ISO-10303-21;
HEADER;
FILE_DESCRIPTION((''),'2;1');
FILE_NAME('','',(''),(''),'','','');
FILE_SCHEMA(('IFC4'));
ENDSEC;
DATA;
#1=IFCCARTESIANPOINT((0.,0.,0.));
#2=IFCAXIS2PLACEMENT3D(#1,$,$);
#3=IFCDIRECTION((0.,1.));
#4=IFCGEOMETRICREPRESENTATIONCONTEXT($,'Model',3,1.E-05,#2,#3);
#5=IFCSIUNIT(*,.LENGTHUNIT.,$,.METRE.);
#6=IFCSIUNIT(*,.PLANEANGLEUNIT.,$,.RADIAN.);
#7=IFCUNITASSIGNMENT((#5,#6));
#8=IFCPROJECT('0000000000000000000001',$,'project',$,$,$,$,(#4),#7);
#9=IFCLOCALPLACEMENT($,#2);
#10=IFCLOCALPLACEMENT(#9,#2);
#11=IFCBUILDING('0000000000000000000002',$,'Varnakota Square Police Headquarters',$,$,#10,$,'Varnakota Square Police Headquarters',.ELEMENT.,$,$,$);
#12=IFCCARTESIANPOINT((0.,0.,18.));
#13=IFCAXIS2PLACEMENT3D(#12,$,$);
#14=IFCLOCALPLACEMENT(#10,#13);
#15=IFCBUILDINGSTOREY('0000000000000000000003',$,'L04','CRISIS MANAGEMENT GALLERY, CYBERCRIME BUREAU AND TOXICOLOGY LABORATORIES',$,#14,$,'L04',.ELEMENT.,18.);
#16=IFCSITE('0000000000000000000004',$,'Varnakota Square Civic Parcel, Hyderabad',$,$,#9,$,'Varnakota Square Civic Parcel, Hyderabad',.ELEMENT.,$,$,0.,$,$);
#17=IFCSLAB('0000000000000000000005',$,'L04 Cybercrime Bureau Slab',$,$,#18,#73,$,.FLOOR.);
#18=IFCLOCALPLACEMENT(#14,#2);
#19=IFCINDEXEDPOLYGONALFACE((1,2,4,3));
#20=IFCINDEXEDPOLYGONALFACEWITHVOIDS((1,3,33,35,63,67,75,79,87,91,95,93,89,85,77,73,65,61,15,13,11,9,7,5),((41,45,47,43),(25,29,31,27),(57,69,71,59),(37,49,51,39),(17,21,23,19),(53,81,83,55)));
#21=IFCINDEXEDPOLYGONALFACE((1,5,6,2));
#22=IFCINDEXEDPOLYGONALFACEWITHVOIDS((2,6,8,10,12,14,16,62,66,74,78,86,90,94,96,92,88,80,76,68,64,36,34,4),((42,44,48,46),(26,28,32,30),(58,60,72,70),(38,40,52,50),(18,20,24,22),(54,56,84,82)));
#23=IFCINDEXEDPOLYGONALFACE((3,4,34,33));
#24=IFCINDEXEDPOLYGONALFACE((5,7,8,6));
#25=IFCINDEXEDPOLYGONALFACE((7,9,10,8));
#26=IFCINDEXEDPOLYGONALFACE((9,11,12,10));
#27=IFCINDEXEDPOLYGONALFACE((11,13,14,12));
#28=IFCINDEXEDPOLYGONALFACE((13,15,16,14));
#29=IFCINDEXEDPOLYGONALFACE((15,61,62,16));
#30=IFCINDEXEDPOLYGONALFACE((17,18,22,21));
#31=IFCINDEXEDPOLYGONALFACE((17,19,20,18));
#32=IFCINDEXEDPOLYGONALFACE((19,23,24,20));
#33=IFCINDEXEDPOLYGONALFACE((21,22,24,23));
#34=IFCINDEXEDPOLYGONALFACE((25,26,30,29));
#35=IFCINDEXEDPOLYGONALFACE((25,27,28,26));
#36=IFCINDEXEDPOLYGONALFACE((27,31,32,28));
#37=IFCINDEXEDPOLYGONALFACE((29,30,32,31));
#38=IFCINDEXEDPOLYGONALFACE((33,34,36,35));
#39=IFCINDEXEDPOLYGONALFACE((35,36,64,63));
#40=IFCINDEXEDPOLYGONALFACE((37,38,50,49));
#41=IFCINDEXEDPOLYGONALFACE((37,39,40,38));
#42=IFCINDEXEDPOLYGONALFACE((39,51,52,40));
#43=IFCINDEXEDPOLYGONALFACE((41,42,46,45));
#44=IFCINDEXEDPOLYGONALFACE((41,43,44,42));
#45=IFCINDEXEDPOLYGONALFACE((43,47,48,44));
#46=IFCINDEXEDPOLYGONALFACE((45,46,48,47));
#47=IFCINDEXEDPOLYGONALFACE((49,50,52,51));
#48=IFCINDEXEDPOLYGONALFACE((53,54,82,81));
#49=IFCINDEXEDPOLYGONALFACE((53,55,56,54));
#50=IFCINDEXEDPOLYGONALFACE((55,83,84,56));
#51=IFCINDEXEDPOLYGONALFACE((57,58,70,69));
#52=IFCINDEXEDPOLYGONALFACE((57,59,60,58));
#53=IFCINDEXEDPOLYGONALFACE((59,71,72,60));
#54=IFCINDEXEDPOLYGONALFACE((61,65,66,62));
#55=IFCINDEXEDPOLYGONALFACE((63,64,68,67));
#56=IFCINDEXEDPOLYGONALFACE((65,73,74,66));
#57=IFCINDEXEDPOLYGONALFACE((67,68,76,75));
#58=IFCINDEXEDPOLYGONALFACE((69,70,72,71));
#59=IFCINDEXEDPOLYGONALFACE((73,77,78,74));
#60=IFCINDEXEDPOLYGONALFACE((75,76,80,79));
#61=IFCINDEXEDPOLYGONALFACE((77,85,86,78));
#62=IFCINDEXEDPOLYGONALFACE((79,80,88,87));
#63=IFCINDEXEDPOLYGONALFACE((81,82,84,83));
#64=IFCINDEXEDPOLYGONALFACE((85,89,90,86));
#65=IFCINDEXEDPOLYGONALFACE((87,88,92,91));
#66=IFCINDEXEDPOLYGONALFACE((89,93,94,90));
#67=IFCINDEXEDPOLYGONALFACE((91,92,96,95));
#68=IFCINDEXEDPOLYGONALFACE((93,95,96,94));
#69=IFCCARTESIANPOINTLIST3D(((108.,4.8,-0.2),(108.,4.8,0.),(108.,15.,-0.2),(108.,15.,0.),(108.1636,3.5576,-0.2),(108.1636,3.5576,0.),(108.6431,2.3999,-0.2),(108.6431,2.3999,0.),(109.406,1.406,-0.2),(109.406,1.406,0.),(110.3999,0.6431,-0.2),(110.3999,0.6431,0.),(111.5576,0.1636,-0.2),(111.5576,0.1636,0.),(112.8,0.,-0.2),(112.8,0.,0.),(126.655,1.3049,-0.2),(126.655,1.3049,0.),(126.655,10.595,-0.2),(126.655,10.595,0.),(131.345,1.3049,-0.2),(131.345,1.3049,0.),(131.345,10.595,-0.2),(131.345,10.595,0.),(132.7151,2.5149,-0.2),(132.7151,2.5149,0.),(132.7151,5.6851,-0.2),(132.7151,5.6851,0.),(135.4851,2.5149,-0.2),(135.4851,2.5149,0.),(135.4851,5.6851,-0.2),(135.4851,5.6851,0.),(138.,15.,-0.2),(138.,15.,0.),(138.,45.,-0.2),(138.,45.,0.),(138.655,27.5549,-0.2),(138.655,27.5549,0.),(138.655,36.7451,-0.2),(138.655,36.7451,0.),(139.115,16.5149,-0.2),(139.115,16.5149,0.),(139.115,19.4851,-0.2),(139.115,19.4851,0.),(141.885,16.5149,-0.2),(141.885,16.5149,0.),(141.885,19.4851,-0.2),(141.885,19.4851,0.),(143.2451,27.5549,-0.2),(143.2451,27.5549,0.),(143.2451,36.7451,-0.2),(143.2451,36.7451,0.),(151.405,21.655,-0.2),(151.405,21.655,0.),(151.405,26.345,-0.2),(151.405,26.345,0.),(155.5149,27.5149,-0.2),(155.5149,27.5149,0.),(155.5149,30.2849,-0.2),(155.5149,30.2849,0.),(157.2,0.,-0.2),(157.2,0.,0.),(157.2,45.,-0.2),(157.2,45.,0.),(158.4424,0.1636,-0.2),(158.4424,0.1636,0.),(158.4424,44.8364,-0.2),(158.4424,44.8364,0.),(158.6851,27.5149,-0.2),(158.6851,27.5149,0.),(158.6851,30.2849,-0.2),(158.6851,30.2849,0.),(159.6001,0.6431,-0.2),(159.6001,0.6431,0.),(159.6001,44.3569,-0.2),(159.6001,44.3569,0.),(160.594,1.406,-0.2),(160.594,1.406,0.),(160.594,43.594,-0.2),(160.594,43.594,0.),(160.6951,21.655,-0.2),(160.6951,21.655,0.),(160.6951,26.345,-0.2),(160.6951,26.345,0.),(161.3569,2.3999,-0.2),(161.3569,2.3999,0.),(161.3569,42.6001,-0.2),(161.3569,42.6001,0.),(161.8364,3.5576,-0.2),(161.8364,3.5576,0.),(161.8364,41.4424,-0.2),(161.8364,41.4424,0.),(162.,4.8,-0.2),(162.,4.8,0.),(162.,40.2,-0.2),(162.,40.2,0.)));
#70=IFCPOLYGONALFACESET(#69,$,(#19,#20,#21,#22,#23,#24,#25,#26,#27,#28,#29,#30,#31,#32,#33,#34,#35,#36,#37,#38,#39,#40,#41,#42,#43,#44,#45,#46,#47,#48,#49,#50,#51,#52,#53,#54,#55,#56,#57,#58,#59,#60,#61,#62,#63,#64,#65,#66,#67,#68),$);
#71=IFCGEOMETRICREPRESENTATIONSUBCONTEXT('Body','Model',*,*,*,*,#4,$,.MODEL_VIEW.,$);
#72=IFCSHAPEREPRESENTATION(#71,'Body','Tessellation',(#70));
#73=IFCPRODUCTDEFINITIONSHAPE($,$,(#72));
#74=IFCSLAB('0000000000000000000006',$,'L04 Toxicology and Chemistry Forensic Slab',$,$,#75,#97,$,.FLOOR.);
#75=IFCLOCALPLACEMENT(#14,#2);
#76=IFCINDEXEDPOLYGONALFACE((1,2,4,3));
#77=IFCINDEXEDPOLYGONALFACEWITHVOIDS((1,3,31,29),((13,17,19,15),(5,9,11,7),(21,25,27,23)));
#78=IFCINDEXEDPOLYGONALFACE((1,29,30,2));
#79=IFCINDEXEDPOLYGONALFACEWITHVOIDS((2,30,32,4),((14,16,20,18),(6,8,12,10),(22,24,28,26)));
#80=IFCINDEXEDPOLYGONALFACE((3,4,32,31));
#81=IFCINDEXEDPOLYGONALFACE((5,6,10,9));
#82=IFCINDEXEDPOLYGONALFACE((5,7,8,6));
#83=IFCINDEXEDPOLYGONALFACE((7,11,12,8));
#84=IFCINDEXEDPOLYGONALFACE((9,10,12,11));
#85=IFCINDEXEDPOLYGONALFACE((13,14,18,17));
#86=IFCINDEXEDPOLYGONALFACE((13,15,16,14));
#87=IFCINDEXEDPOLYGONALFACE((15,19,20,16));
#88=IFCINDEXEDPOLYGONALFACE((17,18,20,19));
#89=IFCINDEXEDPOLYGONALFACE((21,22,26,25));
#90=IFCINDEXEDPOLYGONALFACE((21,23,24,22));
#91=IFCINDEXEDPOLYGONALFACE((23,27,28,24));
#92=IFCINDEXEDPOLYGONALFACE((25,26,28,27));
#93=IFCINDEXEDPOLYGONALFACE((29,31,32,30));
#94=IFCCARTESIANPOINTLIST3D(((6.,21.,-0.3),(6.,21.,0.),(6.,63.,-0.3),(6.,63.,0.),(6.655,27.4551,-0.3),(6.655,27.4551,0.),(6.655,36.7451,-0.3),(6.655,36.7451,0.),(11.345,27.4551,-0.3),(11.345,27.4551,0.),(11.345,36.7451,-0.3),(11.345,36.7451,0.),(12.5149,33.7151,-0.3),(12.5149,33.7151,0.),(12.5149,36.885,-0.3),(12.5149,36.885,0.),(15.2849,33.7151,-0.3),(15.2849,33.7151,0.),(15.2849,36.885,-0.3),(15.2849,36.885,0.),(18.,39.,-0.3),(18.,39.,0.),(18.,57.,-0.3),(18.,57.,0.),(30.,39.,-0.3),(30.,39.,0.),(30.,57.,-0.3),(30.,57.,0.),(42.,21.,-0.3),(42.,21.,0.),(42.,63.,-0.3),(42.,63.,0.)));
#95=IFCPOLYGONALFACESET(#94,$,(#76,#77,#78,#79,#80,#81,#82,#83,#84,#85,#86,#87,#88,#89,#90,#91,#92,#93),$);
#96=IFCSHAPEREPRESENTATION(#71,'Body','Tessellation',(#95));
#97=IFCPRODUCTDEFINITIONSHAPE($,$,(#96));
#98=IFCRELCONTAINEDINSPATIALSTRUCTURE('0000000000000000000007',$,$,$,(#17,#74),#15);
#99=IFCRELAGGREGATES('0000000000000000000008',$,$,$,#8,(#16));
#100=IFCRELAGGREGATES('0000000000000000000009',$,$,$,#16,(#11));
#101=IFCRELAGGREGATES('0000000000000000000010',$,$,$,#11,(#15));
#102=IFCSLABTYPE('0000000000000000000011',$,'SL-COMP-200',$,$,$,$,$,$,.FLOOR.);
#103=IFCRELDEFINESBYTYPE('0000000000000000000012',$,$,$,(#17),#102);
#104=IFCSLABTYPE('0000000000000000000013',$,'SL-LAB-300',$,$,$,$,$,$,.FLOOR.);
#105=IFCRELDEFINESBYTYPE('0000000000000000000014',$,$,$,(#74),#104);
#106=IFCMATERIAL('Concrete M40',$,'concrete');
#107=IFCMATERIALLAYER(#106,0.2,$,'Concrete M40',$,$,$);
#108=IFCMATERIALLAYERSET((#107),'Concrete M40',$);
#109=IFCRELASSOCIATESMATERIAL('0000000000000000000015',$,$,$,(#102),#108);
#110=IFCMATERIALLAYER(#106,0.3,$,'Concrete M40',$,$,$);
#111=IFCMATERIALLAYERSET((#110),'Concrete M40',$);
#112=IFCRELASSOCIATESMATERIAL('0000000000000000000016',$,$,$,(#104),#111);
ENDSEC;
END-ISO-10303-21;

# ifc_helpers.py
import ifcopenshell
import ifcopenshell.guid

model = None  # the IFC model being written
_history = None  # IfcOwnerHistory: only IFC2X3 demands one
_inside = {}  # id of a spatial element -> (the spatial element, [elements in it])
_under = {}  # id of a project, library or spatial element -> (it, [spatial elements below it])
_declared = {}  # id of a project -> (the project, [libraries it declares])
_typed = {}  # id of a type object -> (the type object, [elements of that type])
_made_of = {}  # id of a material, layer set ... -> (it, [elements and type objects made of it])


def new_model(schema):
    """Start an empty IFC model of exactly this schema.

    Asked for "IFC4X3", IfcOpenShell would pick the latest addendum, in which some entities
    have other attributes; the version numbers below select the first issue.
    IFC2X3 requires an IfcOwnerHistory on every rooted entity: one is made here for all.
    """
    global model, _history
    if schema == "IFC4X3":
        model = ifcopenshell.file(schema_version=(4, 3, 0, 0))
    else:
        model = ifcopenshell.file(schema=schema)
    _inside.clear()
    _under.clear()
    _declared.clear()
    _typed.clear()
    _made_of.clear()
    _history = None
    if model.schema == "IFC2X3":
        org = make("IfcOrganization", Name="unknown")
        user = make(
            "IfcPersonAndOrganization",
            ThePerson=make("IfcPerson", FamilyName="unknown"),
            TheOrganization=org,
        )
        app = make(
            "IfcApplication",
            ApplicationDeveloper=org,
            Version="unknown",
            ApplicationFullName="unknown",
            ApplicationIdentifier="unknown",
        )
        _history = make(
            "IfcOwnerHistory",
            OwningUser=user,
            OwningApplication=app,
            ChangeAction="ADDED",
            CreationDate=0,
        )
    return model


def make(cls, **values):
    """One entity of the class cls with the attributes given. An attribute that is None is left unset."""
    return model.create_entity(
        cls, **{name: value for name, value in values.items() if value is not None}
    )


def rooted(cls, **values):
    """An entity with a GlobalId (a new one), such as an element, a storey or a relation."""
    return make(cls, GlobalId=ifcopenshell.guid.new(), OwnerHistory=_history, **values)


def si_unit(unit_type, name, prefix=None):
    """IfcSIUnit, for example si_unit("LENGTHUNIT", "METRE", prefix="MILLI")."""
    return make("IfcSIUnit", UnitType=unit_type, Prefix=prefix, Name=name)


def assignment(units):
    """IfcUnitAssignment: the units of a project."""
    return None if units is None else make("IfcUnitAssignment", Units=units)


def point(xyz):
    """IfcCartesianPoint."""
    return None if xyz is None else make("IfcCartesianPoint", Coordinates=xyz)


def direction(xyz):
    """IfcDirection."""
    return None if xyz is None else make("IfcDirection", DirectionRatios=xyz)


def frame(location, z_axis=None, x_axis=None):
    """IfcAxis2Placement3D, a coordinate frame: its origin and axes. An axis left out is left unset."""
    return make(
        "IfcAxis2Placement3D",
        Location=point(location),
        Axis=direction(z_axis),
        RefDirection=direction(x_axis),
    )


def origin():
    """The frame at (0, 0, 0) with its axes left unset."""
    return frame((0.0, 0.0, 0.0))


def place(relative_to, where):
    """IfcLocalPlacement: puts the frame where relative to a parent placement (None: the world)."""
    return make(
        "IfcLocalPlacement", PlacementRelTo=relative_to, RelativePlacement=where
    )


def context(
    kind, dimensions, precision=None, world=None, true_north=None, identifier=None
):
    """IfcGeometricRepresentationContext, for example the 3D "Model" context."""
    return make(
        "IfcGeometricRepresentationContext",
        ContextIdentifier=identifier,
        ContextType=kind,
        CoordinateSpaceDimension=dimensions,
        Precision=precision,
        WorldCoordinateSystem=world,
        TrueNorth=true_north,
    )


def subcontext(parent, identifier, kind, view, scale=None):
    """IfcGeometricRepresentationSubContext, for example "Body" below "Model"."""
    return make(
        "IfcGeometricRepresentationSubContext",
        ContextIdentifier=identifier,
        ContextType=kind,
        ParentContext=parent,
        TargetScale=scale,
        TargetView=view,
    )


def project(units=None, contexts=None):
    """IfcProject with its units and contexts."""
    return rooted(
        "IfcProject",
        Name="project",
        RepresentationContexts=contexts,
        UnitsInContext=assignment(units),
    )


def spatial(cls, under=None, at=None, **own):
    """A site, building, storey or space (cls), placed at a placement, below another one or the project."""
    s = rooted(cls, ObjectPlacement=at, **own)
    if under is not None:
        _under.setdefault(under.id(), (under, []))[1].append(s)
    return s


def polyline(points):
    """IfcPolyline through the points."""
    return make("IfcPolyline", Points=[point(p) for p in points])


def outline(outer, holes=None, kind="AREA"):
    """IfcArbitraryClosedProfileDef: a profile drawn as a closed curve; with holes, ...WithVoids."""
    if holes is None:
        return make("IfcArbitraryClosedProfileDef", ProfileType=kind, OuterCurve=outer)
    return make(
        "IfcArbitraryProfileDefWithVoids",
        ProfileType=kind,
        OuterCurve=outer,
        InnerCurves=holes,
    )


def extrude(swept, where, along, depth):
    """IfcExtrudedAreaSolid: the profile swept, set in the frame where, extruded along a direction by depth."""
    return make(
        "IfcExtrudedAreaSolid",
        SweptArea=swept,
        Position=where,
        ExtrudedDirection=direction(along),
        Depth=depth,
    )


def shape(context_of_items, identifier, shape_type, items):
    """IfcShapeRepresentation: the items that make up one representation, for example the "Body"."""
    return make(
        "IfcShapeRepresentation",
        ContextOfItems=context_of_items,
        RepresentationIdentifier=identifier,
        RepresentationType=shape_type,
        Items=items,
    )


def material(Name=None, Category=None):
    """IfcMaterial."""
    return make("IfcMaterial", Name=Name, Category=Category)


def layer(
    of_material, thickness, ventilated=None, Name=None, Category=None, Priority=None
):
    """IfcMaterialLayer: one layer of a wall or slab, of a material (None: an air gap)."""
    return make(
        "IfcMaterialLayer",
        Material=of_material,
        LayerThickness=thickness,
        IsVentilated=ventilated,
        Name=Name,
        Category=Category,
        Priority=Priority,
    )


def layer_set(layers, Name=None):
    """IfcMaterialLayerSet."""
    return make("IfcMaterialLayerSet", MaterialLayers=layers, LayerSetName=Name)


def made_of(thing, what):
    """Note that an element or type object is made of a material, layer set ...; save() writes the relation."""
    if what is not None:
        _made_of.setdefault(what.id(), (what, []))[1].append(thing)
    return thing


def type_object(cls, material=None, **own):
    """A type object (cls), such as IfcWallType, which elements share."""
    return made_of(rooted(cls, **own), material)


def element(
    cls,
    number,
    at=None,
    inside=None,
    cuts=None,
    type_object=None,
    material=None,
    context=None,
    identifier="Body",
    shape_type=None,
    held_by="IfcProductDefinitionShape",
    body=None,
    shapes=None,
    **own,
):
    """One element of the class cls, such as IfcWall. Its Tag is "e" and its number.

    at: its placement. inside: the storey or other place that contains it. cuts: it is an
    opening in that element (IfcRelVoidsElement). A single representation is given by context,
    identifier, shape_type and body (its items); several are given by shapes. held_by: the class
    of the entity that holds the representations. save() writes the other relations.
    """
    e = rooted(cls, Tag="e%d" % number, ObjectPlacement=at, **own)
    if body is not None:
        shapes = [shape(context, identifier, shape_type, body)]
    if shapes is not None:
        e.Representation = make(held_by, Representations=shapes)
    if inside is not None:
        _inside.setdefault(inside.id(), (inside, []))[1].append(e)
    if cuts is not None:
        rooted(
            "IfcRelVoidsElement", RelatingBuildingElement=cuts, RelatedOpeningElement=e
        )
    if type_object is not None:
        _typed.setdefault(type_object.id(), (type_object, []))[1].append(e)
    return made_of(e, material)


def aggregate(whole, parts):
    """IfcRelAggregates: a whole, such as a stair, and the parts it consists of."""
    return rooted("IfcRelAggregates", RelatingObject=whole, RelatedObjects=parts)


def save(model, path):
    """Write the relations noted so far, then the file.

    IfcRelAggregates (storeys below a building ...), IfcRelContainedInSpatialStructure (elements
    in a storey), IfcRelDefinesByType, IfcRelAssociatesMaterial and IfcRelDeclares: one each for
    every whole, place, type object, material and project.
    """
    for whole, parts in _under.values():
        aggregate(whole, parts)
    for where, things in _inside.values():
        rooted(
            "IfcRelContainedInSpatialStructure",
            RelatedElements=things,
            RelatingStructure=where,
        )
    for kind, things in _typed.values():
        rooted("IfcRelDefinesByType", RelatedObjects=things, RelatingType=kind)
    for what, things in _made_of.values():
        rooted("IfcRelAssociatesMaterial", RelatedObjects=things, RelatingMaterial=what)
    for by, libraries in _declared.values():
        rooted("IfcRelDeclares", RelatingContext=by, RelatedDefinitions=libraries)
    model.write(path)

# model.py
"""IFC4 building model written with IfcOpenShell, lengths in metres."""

from ifc_helpers import new_model, si_unit, direction, frame, origin, place, context, subcontext, project, spatial, polyline, outline, extrude, material, layer, layer_set, type_object, element, save


model = new_model("IFC4")

# Units and contexts
model_context = context("Model", 3, precision=1e-05, world=origin(), true_north=direction((0.0, 1.0)))
body_context = subcontext(model_context, "Body", "Model", "MODEL_VIEW")
ifc_project = project(units=[si_unit("LENGTHUNIT", "METRE"), si_unit("PLANEANGLEUNIT", "RADIAN")], contexts=[model_context])

# Site, building, storey
site_placement = place(None, origin())
site = spatial("IfcSite", under=ifc_project, at=site_placement, Name="Varnakota Square Civic Parcel, Hyderabad", LongName="Varnakota Square Civic Parcel, Hyderabad", CompositionType="ELEMENT", RefElevation=0.0)
building_placement = place(site_placement, origin())
building = spatial("IfcBuilding", under=site, at=building_placement, Name="Varnakota Square Police Headquarters", LongName="Varnakota Square Police Headquarters", CompositionType="ELEMENT")
storey_placement = place(building_placement, frame((0.0, 0.0, 18.0)))
storey = spatial("IfcBuildingStorey", under=building, at=storey_placement, Name="L04", Description="CRISIS MANAGEMENT GALLERY, CYBERCRIME BUREAU AND TOXICOLOGY LABORATORIES", LongName="L04", CompositionType="ELEMENT", Elevation=18.0)

# Slabs
ifc_material_1 = material(Name="Concrete M40", Category="concrete")
ifc_layer_1 = layer(ifc_material_1, 0.2, Name="Concrete M40")
ifc_layer_set_1 = layer_set([ifc_layer_1], Name="Concrete M40")
slab_type_1 = type_object("IfcSlabType", Name="SL-COMP-200", PredefinedType="FLOOR", material=ifc_layer_set_1)
slab_1_placement = place(storey_placement, frame((0.0, 0.0, -0.2)))
element("IfcSlab", 1, at=slab_1_placement, inside=storey, type_object=slab_type_1, Name="L04 Cybercrime Bureau Slab", PredefinedType="FLOOR", context=body_context, shape_type="SweptSolid", body=[
    extrude(outline(polyline([(108.0, 4.8), (108.1636, 3.5576), (108.6431, 2.3999), (109.406, 1.406), (110.3999, 0.6431), (111.5576, 0.1636), (112.8, 0.0), (157.2, 0.0), (158.4424, 0.1636), (159.6001, 0.6431), (160.594, 1.406), (161.3569, 2.3999), (161.8364, 3.5576), (162.0, 4.8), (162.0, 40.2), (161.8364, 41.4424), (161.3569, 42.6001), (160.594, 43.594), (159.6001, 44.3569), (158.4424, 44.8364), (157.2, 45.0), (138.0, 45.0), (138.0, 15.0), (108.0, 15.0), (108.0, 4.8)]), holes=[polyline([(126.655, 1.3049), (131.345, 1.3049), (131.345, 10.595), (126.655, 10.595), (126.655, 1.3049)]), polyline([(132.7151, 2.5149), (135.4851, 2.5149), (135.4851, 5.6851), (132.7151, 5.6851), (132.7151, 2.5149)]), polyline([(151.405, 21.655), (160.6951, 21.655), (160.6951, 26.345), (151.405, 26.345), (151.405, 21.655)]), polyline([(155.5149, 27.5149), (158.6851, 27.5149), (158.6851, 30.2849), (155.5149, 30.2849), (155.5149, 27.5149)]), polyline([(138.655, 27.5549), (143.2451, 27.5549), (143.2451, 36.7451), (138.655, 36.7451), (138.655, 27.5549)]), polyline([(139.115, 16.5149), (141.885, 16.5149), (141.885, 19.4851), (139.115, 19.4851), (139.115, 16.5149)])]), origin(), (0.0, 0.0, 1.0), 0.2),
])
ifc_layer_2 = layer(ifc_material_1, 0.3, Name="Concrete M40")
ifc_layer_set_2 = layer_set([ifc_layer_2], Name="Concrete M40")
slab_type_2 = type_object("IfcSlabType", Name="SL-LAB-300", PredefinedType="FLOOR", material=ifc_layer_set_2)
slab_2_placement = place(storey_placement, frame((0.0, 0.0, -0.3)))
element("IfcSlab", 2, at=slab_2_placement, inside=storey, type_object=slab_type_2, Name="L04 Toxicology and Chemistry Forensic Slab", PredefinedType="FLOOR", context=body_context, shape_type="SweptSolid", body=[
    extrude(outline(polyline([(6.0, 21.0), (42.0, 21.0), (42.0, 63.0), (6.0, 63.0), (6.0, 21.0)]), holes=[polyline([(18.0, 39.0), (30.0, 39.0), (30.0, 57.0), (18.0, 57.0), (18.0, 39.0)]), polyline([(6.655, 27.4551), (11.345, 27.4551), (11.345, 36.7451), (6.655, 36.7451), (6.655, 27.4551)]), polyline([(12.5149, 33.7151), (15.2849, 33.7151), (15.2849, 36.885), (12.5149, 36.885), (12.5149, 33.7151)])]), origin(), (0.0, 0.0, 1.0), 0.3),
])

save(model, "model.ifc")
